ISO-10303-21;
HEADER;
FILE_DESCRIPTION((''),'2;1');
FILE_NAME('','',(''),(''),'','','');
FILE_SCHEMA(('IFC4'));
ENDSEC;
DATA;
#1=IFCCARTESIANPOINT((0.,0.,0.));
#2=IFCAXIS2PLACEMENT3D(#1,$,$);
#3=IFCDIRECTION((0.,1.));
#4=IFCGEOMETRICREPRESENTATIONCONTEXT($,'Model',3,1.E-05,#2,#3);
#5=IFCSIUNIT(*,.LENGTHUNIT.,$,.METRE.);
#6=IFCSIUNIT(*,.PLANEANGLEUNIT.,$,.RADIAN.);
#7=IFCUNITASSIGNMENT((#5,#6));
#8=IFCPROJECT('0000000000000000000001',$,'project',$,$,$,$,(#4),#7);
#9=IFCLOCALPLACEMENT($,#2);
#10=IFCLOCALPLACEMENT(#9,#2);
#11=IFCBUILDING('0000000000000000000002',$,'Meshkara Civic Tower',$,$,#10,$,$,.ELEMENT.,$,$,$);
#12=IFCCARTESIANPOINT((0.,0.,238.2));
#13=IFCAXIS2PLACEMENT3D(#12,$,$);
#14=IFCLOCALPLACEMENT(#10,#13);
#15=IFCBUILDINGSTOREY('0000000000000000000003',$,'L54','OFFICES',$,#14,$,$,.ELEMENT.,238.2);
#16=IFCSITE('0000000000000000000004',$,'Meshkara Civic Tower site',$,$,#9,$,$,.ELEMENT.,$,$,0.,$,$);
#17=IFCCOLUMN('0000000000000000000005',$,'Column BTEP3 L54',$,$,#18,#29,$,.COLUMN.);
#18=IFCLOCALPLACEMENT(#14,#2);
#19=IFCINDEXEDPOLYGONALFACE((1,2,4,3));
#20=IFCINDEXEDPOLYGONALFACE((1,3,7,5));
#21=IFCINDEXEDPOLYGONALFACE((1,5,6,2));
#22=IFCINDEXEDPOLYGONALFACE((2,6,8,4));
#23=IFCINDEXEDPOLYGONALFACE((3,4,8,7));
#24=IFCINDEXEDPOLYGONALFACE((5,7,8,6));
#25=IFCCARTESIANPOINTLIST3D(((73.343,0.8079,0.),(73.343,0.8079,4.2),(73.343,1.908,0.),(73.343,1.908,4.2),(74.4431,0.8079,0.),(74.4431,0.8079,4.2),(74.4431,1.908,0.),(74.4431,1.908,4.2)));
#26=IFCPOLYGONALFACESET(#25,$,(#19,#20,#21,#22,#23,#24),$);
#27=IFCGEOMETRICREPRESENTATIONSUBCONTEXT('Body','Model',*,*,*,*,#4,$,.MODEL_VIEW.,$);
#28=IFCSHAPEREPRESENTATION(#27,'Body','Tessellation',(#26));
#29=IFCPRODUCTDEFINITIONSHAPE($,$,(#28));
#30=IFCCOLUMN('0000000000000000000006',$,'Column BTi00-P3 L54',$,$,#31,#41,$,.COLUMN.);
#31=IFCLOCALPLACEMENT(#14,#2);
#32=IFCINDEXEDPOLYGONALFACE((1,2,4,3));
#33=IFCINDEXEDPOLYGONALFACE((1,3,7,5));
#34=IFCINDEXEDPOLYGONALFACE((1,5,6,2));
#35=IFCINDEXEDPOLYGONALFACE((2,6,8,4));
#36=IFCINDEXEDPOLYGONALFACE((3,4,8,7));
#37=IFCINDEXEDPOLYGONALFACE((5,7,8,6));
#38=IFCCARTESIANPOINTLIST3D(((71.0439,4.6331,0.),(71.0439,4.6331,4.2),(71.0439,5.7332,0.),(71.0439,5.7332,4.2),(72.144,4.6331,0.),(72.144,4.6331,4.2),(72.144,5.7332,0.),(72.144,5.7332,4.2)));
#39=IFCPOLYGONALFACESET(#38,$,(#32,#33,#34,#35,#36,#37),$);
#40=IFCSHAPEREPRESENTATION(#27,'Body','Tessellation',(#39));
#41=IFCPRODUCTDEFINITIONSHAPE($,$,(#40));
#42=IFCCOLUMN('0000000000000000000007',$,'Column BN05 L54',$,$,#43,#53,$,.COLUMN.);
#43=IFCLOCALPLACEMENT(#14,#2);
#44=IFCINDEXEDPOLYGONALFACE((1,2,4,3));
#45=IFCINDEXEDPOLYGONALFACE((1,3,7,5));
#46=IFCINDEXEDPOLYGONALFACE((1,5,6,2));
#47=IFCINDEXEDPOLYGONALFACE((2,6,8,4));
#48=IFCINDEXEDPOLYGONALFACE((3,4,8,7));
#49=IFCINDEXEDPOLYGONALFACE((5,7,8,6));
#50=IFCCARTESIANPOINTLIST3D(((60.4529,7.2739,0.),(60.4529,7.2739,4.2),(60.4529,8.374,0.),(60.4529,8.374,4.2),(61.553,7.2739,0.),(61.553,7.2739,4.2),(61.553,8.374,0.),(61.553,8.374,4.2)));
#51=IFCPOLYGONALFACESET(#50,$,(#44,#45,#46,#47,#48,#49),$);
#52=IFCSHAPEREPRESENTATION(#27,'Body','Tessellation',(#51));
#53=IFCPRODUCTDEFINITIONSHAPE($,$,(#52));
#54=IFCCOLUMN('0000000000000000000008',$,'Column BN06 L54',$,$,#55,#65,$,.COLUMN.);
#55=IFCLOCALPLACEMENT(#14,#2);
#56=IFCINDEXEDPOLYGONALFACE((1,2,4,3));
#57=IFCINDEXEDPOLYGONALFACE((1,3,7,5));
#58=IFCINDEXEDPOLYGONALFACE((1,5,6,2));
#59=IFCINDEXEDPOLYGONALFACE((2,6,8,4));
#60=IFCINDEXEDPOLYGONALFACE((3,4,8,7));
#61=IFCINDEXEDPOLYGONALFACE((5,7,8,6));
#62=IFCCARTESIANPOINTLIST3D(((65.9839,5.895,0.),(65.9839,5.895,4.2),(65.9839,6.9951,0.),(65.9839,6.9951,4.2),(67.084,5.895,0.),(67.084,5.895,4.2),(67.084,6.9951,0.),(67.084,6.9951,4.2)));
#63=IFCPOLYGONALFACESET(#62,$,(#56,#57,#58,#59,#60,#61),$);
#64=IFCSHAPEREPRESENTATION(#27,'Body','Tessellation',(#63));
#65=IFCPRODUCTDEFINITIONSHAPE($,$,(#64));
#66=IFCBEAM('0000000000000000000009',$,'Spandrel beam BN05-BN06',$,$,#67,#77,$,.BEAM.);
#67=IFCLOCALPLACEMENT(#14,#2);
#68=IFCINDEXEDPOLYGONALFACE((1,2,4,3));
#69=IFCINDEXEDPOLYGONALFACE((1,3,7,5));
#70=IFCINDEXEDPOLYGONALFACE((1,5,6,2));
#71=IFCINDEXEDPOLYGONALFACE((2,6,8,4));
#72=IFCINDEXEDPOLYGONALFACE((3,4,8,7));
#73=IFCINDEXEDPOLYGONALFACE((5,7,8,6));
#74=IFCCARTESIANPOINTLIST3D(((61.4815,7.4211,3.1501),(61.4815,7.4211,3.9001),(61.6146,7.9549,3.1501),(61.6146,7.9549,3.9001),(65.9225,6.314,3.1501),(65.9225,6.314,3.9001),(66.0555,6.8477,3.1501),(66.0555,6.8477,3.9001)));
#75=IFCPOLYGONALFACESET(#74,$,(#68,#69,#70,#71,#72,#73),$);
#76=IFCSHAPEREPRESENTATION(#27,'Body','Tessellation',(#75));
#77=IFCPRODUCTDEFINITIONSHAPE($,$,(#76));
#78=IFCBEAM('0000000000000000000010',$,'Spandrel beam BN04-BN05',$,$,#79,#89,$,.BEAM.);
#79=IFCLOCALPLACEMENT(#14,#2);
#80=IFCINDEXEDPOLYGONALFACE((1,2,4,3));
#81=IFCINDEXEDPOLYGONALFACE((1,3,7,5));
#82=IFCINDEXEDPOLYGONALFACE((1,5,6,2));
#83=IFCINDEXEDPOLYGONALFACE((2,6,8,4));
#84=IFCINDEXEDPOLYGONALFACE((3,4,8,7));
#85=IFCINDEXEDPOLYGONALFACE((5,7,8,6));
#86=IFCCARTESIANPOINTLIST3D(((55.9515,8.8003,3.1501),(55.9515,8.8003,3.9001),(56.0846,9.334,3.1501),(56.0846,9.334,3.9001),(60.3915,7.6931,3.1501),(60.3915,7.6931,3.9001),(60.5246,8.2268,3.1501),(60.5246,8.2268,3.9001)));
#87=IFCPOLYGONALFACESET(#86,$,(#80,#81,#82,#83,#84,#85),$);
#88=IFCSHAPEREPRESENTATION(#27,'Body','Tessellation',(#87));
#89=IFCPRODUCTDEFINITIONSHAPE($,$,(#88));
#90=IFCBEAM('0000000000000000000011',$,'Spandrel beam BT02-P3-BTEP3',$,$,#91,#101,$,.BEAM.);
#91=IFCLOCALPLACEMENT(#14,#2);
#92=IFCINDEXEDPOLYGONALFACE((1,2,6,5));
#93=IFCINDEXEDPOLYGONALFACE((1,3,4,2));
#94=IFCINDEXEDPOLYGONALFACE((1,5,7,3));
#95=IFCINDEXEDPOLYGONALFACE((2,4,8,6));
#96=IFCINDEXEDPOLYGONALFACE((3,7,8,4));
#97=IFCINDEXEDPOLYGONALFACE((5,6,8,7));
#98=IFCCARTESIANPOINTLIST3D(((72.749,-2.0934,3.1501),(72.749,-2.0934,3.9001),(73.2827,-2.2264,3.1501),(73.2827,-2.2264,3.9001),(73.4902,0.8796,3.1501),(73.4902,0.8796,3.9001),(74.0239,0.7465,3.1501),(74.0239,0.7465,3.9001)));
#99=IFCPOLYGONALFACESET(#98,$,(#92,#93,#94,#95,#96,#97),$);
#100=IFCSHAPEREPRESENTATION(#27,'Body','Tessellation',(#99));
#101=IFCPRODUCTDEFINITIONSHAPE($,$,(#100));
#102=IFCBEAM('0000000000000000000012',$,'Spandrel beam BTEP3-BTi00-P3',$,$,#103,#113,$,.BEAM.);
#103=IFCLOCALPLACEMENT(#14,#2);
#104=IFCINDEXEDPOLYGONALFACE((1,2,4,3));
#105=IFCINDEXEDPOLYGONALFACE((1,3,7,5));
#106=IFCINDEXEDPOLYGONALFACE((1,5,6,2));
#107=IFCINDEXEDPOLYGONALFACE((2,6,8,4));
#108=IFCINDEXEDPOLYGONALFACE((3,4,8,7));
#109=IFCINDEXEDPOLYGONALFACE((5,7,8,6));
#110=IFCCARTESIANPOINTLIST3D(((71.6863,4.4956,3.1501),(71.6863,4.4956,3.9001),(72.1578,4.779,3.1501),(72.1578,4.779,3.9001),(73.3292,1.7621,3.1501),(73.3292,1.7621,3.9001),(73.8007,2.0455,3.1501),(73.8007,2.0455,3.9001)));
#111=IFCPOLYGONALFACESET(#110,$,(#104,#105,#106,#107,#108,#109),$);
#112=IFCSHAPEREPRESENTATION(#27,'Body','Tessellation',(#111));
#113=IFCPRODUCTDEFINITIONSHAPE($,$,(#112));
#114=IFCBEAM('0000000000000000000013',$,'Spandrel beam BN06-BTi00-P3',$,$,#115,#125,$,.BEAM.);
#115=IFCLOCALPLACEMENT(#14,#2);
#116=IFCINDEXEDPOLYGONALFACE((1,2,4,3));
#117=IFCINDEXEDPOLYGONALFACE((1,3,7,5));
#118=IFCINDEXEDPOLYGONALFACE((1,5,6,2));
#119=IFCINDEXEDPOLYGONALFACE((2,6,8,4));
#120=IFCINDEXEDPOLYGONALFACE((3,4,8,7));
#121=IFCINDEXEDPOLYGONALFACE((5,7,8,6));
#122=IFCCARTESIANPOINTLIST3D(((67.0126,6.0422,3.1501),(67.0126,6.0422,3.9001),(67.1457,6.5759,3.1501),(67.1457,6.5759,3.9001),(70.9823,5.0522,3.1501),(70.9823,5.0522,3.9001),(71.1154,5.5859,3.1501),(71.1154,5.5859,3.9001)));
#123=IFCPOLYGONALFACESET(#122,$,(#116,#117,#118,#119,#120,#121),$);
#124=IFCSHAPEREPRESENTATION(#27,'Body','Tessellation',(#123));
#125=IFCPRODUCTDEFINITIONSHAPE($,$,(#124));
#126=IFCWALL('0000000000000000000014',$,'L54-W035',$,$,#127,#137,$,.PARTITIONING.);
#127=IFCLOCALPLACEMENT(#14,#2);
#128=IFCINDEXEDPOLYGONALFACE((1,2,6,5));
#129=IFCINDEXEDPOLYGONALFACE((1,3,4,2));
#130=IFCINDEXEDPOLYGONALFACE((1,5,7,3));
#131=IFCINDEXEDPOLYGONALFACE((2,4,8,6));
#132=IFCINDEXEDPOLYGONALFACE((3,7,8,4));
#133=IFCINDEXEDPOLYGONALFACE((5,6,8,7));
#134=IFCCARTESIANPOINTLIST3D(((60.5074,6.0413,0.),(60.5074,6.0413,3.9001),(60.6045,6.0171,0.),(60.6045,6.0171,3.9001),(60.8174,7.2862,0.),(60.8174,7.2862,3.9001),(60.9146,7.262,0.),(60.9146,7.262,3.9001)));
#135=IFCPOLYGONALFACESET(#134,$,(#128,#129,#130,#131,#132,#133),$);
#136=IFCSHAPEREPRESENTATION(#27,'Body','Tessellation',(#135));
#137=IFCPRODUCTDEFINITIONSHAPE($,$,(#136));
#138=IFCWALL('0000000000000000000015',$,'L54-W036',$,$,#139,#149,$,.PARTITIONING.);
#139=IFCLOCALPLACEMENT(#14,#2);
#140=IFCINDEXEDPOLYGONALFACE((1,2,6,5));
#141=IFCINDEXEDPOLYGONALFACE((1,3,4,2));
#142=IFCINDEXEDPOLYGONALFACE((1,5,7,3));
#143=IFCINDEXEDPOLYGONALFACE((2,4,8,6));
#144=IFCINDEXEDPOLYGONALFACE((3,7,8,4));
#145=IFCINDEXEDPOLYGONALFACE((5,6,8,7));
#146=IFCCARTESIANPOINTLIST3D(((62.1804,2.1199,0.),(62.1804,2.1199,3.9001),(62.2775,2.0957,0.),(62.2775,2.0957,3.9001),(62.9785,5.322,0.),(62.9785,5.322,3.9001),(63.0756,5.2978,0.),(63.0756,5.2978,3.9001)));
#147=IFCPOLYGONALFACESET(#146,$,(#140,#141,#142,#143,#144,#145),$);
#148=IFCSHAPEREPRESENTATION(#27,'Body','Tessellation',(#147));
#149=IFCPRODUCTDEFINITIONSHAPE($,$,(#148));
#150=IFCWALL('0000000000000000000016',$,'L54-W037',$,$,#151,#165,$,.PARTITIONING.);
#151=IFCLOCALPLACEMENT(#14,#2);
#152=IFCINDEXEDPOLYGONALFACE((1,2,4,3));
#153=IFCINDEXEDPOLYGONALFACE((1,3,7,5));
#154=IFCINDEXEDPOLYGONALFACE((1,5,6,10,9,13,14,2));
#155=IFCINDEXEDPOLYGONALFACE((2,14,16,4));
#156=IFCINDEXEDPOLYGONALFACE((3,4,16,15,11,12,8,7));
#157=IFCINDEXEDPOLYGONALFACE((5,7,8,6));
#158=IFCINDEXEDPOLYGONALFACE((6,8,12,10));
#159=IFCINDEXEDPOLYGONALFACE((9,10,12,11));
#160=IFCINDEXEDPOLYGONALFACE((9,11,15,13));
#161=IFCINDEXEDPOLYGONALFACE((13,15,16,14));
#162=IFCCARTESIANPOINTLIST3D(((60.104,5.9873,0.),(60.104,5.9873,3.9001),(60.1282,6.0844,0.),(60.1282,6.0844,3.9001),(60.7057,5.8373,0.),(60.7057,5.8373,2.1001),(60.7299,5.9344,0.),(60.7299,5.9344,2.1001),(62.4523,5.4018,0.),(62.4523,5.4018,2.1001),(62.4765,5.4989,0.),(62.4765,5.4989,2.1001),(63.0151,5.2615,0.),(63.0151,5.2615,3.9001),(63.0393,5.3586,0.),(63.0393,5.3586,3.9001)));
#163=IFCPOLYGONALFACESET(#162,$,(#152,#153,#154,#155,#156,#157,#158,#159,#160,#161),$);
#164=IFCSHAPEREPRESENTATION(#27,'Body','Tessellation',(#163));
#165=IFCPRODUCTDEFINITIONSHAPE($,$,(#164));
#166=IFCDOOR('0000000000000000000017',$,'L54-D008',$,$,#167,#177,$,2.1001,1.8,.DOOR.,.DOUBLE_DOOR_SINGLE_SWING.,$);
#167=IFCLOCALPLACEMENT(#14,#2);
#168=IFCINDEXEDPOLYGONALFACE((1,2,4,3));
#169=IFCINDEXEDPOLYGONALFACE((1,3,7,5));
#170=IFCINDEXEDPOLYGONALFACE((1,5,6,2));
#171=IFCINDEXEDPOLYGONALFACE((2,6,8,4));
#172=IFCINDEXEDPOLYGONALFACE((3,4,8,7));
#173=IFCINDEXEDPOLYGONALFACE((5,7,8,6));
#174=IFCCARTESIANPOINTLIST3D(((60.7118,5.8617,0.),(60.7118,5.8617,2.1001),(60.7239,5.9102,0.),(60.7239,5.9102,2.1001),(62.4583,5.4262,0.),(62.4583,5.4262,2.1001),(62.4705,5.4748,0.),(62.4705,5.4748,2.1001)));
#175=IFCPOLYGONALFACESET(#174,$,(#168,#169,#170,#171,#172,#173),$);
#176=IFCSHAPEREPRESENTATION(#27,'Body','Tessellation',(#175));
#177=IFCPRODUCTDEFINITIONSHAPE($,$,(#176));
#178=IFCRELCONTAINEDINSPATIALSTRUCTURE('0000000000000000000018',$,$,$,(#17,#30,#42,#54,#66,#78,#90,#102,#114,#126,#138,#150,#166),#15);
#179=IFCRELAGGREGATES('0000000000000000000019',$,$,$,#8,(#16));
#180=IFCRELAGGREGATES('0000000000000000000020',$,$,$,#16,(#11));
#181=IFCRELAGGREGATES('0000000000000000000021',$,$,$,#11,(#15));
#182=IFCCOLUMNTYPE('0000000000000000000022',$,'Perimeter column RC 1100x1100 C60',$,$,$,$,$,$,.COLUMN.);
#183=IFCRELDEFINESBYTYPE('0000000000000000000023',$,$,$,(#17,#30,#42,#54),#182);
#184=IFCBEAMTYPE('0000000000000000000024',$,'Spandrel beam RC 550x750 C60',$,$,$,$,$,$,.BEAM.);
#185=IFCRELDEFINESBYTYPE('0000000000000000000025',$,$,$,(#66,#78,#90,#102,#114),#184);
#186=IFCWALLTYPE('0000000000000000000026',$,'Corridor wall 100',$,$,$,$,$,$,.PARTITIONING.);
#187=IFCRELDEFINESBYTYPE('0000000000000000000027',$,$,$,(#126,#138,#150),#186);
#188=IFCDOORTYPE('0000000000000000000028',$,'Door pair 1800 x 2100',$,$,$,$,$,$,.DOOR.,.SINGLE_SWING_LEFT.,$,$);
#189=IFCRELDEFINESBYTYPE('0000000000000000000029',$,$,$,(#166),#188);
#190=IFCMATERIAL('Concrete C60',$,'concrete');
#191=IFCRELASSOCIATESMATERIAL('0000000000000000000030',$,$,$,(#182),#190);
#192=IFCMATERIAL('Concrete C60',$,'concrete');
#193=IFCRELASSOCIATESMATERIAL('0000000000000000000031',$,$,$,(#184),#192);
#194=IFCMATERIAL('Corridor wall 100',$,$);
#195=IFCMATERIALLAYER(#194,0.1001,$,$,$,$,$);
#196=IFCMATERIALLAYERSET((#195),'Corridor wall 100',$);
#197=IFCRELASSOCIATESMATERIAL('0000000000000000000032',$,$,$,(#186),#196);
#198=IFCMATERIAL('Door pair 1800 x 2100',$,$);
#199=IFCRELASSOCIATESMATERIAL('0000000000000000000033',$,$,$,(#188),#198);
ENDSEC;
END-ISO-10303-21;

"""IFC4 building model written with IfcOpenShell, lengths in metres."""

from ifc_helpers import new_model, si_unit, direction, frame, frame_2d, origin, origin_2d, place, context, subcontext, project, spatial, rectangle, extrude, material, layer, layer_set, material_profile, profile_set, type_object, element, fill, save


model = new_model("IFC4")

# Units and contexts
model_context = context("Model", 3, precision=1e-05, world=origin(), true_north=direction((0.0, 1.0)))
body_context = subcontext(model_context, "Body", "Model", "MODEL_VIEW")
ifc_project = project(units=[si_unit("LENGTHUNIT", "METRE"), si_unit("PLANEANGLEUNIT", "RADIAN")], contexts=[model_context])

# Site, building, storey
site_placement = place(None, origin())
site = spatial("IfcSite", under=ifc_project, at=site_placement, Name="Meshkara Civic Tower site", CompositionType="ELEMENT", RefElevation=0.0)
building_placement = place(site_placement, origin())
building = spatial("IfcBuilding", under=site, at=building_placement, Name="Meshkara Civic Tower", CompositionType="ELEMENT")
storey_placement = place(building_placement, frame((0.0, 0.0, 238.2)))
storey = spatial("IfcBuildingStorey", under=building, at=storey_placement, Name="L54", Description="OFFICES", CompositionType="ELEMENT", Elevation=238.2)

# Columns
ifc_material_1 = material(Name="Concrete C60", Category="concrete")
ifc_material_profile_1 = material_profile(ifc_material_1, rectangle(XDim=1.1001, YDim=1.1001, at=origin_2d()))
ifc_profile_set_1 = profile_set([ifc_material_profile_1], Name="Concrete C60")
column_type = type_object("IfcColumnType", Name="Perimeter column RC 1100x1100 C60", PredefinedType="COLUMN", material=ifc_profile_set_1)
for number, where, z_axis, x_axis, name in (
    (1, (73.8931, 1.3579, 0.0), (0.0, 0.0, 1.0), (1.0, 0.0, 0.0), "Column BTEP3 L54"),
    (2, (71.594, 5.1831, 0.0), (0.0, 0.0, 1.0), (1.0, 0.0, 0.0), "Column BTi00-P3 L54"),
    (3, (61.0029, 7.824, 0.0), (0.0, 0.0, 1.0), (1.0, 0.0, 0.0), "Column BN05 L54"),
    (4, (66.5339, 6.4451, 0.0), (0.0, 0.0, 1.0), (1.0, 0.0, 0.0), "Column BN06 L54"),
):
    element("IfcColumn", number, at=place(storey_placement, frame(where, z_axis=z_axis, x_axis=x_axis)), inside=storey, type_object=column_type, Name=name, PredefinedType="COLUMN", context=body_context, shape_type="SweptSolid", body=[
        extrude(rectangle(XDim=1.1001, YDim=1.1001, at=origin_2d()), origin(), (0.0, 0.0, 1.0), 4.2),
    ])

# Beams
ifc_material_2 = material(Name="Concrete C60", Category="concrete")
ifc_material_profile_2 = material_profile(ifc_material_2, rectangle(XDim=0.55, YDim=0.75, at=origin_2d()))
ifc_profile_set_2 = profile_set([ifc_material_profile_2], Name="Concrete C60")
beam_type = type_object("IfcBeamType", Name="Spandrel beam RC 550x750 C60", PredefinedType="BEAM", material=ifc_profile_set_2)
beam_1_placement = place(storey_placement, frame((65.989, 6.5808, 3.5251), z_axis=(-0.970299, 0.241908, 0.0), x_axis=(-0.241908, -0.970299, 0.0)))
element("IfcBeam", 5, at=beam_1_placement, inside=storey, type_object=beam_type, Name="Spandrel beam BN05-BN06", PredefinedType="BEAM", context=body_context, shape_type="SweptSolid", body=[
    extrude(rectangle(XDim=0.55, YDim=0.75, at=origin_2d()), origin(), (0.0, 0.0, 1.0), 4.5769),
])
beam_2_placement = place(storey_placement, frame((60.458, 7.96, 3.5251), z_axis=(-0.970287, 0.241958, 0.0), x_axis=(-0.241958, -0.970287, 0.0)))
element("IfcBeam", 6, at=beam_2_placement, inside=storey, type_object=beam_type, Name="Spandrel beam BN04-BN05", PredefinedType="BEAM", context=body_context, shape_type="SweptSolid", body=[
    extrude(rectangle(XDim=0.55, YDim=0.75, at=origin_2d()), origin(), (0.0, 0.0, 1.0), 4.5759),
])
beam_3_placement = place(storey_placement, frame((73.0159, -2.1599, 3.5251), z_axis=(0.241917, 0.970297, 0.0), x_axis=(-0.970297, 0.241917, 0.0)))
element("IfcBeam", 7, at=beam_3_placement, inside=storey, type_object=beam_type, Name="Spandrel beam BT02-P3-BTEP3", PredefinedType="BEAM", context=body_context, shape_type="SweptSolid", body=[
    extrude(rectangle(XDim=0.55, YDim=0.75, at=origin_2d()), origin(), (0.0, 0.0, 1.0), 3.064),
])
beam_4_placement = place(storey_placement, frame((73.5649, 1.9038, 3.5251), z_axis=(-0.515137, 0.857108, 0.0), x_axis=(-0.857108, -0.515137, 0.0)))
element("IfcBeam", 8, at=beam_4_placement, inside=storey, type_object=beam_type, Name="Spandrel beam BTEP3-BTi00-P3", PredefinedType="BEAM", context=body_context, shape_type="SweptSolid", body=[
    extrude(rectangle(XDim=0.55, YDim=0.75, at=origin_2d()), origin(), (0.0, 0.0, 1.0), 3.1892),
])
beam_5_placement = place(storey_placement, frame((71.0488, 5.3191, 3.5251), z_axis=(-0.970283, 0.241974, 0.0), x_axis=(-0.241974, -0.970283, 0.0)))
element("IfcBeam", 9, at=beam_5_placement, inside=storey, type_object=beam_type, Name="Spandrel beam BN06-BTi00-P3", PredefinedType="BEAM", context=body_context, shape_type="SweptSolid", body=[
    extrude(rectangle(XDim=0.55, YDim=0.75, at=origin_2d()), origin(), (0.0, 0.0, 1.0), 4.0913),
])

# Walls
ifc_material_3 = material(Name="Corridor wall 100")
ifc_layer_1 = layer(ifc_material_3, 0.1001)
ifc_layer_set_1 = layer_set([ifc_layer_1], Name="Corridor wall 100")
wall_type_1 = type_object("IfcWallType", Name="Corridor wall 100", PredefinedType="PARTITIONING", material=ifc_layer_set_1)
wall_1_placement = place(storey_placement, frame((60.5559, 6.0291, 0.0), z_axis=(0.0, 0.0, 1.0), x_axis=(0.241685, 0.970355, 0.0)))
element("IfcWall", 10, at=wall_1_placement, inside=storey, type_object=wall_type_1, Name="L54-W035", PredefinedType="PARTITIONING", context=body_context, shape_type="SweptSolid", body=[
    extrude(rectangle(XDim=1.283, YDim=0.1001, at=frame_2d((0.6416, 0.0))), origin(), (0.0, 0.0, 1.0), 3.9001),
])
wall_2_placement = place(storey_placement, frame((62.229, 2.1079, 0.0), z_axis=(0.0, 0.0, 1.0), x_axis=(0.241839, 0.970316, 0.0)))
element("IfcWall", 11, at=wall_2_placement, inside=storey, type_object=wall_type_1, Name="L54-W036", PredefinedType="PARTITIONING", context=body_context, shape_type="SweptSolid", body=[
    extrude(rectangle(XDim=3.3, YDim=0.1001, at=frame_2d((1.6499, 0.0))), origin(), (0.0, 0.0, 1.0), 3.9001),
])

# Wall, opening, door
wall_3_placement = place(storey_placement, frame((63.0271, 5.3101, 0.0), z_axis=(0.0, 0.0, 1.0), x_axis=(-0.970295, 0.241923, 0.0)))
wall_3 = element("IfcWall", 12, at=wall_3_placement, inside=storey, type_object=wall_type_1, Name="L54-W037", PredefinedType="PARTITIONING", context=body_context, shape_type="SweptSolid", body=[
    extrude(rectangle(XDim=3.0002, YDim=0.1001, at=frame_2d((1.5, 0.0))), origin(), (0.0, 0.0, 1.0), 3.9001),
])
opening_1_placement = place(wall_3_placement, frame((0.5801, 0.0, 0.0)))
opening_1 = element("IfcOpeningElement", 13, at=opening_1_placement, cuts=wall_3, PredefinedType="OPENING", context=body_context, shape_type="SweptSolid", body=[
    extrude(rectangle(XDim=1.8, YDim=2.1001, at=frame_2d((0.8999, 1.05))), frame((0.0, 0.0601, 0.0), z_axis=(0.0, -1.0, 0.0), x_axis=(1.0, 0.0, 0.0)), (0.0, 0.0, 1.0), 0.1201),
])
ifc_material_4 = material(Name="Door pair 1800 x 2100")
door_type = type_object("IfcDoorType", Name="Door pair 1800 x 2100", OperationType="SINGLE_SWING_LEFT", PredefinedType="DOOR", material=ifc_material_4)
door_placement = place(opening_1_placement, origin())
door = element("IfcDoor", 14, at=door_placement, inside=storey, type_object=door_type, Name="L54-D008", OperationType="DOUBLE_DOOR_SINGLE_SWING", OverallHeight=2.1001, OverallWidth=1.8, PredefinedType="DOOR", context=body_context, shape_type="SweptSolid", body=[
    extrude(rectangle(XDim=1.8, YDim=2.1001, at=frame_2d((0.8999, 1.05))), frame((0.0, 0.0249, 0.0), z_axis=(0.0, -1.0, 0.0), x_axis=(1.0, 0.0, 0.0)), (0.0, 0.0, 1.0), 0.05),
])
fill(opening_1, door)

save(model, "model.ifc")
